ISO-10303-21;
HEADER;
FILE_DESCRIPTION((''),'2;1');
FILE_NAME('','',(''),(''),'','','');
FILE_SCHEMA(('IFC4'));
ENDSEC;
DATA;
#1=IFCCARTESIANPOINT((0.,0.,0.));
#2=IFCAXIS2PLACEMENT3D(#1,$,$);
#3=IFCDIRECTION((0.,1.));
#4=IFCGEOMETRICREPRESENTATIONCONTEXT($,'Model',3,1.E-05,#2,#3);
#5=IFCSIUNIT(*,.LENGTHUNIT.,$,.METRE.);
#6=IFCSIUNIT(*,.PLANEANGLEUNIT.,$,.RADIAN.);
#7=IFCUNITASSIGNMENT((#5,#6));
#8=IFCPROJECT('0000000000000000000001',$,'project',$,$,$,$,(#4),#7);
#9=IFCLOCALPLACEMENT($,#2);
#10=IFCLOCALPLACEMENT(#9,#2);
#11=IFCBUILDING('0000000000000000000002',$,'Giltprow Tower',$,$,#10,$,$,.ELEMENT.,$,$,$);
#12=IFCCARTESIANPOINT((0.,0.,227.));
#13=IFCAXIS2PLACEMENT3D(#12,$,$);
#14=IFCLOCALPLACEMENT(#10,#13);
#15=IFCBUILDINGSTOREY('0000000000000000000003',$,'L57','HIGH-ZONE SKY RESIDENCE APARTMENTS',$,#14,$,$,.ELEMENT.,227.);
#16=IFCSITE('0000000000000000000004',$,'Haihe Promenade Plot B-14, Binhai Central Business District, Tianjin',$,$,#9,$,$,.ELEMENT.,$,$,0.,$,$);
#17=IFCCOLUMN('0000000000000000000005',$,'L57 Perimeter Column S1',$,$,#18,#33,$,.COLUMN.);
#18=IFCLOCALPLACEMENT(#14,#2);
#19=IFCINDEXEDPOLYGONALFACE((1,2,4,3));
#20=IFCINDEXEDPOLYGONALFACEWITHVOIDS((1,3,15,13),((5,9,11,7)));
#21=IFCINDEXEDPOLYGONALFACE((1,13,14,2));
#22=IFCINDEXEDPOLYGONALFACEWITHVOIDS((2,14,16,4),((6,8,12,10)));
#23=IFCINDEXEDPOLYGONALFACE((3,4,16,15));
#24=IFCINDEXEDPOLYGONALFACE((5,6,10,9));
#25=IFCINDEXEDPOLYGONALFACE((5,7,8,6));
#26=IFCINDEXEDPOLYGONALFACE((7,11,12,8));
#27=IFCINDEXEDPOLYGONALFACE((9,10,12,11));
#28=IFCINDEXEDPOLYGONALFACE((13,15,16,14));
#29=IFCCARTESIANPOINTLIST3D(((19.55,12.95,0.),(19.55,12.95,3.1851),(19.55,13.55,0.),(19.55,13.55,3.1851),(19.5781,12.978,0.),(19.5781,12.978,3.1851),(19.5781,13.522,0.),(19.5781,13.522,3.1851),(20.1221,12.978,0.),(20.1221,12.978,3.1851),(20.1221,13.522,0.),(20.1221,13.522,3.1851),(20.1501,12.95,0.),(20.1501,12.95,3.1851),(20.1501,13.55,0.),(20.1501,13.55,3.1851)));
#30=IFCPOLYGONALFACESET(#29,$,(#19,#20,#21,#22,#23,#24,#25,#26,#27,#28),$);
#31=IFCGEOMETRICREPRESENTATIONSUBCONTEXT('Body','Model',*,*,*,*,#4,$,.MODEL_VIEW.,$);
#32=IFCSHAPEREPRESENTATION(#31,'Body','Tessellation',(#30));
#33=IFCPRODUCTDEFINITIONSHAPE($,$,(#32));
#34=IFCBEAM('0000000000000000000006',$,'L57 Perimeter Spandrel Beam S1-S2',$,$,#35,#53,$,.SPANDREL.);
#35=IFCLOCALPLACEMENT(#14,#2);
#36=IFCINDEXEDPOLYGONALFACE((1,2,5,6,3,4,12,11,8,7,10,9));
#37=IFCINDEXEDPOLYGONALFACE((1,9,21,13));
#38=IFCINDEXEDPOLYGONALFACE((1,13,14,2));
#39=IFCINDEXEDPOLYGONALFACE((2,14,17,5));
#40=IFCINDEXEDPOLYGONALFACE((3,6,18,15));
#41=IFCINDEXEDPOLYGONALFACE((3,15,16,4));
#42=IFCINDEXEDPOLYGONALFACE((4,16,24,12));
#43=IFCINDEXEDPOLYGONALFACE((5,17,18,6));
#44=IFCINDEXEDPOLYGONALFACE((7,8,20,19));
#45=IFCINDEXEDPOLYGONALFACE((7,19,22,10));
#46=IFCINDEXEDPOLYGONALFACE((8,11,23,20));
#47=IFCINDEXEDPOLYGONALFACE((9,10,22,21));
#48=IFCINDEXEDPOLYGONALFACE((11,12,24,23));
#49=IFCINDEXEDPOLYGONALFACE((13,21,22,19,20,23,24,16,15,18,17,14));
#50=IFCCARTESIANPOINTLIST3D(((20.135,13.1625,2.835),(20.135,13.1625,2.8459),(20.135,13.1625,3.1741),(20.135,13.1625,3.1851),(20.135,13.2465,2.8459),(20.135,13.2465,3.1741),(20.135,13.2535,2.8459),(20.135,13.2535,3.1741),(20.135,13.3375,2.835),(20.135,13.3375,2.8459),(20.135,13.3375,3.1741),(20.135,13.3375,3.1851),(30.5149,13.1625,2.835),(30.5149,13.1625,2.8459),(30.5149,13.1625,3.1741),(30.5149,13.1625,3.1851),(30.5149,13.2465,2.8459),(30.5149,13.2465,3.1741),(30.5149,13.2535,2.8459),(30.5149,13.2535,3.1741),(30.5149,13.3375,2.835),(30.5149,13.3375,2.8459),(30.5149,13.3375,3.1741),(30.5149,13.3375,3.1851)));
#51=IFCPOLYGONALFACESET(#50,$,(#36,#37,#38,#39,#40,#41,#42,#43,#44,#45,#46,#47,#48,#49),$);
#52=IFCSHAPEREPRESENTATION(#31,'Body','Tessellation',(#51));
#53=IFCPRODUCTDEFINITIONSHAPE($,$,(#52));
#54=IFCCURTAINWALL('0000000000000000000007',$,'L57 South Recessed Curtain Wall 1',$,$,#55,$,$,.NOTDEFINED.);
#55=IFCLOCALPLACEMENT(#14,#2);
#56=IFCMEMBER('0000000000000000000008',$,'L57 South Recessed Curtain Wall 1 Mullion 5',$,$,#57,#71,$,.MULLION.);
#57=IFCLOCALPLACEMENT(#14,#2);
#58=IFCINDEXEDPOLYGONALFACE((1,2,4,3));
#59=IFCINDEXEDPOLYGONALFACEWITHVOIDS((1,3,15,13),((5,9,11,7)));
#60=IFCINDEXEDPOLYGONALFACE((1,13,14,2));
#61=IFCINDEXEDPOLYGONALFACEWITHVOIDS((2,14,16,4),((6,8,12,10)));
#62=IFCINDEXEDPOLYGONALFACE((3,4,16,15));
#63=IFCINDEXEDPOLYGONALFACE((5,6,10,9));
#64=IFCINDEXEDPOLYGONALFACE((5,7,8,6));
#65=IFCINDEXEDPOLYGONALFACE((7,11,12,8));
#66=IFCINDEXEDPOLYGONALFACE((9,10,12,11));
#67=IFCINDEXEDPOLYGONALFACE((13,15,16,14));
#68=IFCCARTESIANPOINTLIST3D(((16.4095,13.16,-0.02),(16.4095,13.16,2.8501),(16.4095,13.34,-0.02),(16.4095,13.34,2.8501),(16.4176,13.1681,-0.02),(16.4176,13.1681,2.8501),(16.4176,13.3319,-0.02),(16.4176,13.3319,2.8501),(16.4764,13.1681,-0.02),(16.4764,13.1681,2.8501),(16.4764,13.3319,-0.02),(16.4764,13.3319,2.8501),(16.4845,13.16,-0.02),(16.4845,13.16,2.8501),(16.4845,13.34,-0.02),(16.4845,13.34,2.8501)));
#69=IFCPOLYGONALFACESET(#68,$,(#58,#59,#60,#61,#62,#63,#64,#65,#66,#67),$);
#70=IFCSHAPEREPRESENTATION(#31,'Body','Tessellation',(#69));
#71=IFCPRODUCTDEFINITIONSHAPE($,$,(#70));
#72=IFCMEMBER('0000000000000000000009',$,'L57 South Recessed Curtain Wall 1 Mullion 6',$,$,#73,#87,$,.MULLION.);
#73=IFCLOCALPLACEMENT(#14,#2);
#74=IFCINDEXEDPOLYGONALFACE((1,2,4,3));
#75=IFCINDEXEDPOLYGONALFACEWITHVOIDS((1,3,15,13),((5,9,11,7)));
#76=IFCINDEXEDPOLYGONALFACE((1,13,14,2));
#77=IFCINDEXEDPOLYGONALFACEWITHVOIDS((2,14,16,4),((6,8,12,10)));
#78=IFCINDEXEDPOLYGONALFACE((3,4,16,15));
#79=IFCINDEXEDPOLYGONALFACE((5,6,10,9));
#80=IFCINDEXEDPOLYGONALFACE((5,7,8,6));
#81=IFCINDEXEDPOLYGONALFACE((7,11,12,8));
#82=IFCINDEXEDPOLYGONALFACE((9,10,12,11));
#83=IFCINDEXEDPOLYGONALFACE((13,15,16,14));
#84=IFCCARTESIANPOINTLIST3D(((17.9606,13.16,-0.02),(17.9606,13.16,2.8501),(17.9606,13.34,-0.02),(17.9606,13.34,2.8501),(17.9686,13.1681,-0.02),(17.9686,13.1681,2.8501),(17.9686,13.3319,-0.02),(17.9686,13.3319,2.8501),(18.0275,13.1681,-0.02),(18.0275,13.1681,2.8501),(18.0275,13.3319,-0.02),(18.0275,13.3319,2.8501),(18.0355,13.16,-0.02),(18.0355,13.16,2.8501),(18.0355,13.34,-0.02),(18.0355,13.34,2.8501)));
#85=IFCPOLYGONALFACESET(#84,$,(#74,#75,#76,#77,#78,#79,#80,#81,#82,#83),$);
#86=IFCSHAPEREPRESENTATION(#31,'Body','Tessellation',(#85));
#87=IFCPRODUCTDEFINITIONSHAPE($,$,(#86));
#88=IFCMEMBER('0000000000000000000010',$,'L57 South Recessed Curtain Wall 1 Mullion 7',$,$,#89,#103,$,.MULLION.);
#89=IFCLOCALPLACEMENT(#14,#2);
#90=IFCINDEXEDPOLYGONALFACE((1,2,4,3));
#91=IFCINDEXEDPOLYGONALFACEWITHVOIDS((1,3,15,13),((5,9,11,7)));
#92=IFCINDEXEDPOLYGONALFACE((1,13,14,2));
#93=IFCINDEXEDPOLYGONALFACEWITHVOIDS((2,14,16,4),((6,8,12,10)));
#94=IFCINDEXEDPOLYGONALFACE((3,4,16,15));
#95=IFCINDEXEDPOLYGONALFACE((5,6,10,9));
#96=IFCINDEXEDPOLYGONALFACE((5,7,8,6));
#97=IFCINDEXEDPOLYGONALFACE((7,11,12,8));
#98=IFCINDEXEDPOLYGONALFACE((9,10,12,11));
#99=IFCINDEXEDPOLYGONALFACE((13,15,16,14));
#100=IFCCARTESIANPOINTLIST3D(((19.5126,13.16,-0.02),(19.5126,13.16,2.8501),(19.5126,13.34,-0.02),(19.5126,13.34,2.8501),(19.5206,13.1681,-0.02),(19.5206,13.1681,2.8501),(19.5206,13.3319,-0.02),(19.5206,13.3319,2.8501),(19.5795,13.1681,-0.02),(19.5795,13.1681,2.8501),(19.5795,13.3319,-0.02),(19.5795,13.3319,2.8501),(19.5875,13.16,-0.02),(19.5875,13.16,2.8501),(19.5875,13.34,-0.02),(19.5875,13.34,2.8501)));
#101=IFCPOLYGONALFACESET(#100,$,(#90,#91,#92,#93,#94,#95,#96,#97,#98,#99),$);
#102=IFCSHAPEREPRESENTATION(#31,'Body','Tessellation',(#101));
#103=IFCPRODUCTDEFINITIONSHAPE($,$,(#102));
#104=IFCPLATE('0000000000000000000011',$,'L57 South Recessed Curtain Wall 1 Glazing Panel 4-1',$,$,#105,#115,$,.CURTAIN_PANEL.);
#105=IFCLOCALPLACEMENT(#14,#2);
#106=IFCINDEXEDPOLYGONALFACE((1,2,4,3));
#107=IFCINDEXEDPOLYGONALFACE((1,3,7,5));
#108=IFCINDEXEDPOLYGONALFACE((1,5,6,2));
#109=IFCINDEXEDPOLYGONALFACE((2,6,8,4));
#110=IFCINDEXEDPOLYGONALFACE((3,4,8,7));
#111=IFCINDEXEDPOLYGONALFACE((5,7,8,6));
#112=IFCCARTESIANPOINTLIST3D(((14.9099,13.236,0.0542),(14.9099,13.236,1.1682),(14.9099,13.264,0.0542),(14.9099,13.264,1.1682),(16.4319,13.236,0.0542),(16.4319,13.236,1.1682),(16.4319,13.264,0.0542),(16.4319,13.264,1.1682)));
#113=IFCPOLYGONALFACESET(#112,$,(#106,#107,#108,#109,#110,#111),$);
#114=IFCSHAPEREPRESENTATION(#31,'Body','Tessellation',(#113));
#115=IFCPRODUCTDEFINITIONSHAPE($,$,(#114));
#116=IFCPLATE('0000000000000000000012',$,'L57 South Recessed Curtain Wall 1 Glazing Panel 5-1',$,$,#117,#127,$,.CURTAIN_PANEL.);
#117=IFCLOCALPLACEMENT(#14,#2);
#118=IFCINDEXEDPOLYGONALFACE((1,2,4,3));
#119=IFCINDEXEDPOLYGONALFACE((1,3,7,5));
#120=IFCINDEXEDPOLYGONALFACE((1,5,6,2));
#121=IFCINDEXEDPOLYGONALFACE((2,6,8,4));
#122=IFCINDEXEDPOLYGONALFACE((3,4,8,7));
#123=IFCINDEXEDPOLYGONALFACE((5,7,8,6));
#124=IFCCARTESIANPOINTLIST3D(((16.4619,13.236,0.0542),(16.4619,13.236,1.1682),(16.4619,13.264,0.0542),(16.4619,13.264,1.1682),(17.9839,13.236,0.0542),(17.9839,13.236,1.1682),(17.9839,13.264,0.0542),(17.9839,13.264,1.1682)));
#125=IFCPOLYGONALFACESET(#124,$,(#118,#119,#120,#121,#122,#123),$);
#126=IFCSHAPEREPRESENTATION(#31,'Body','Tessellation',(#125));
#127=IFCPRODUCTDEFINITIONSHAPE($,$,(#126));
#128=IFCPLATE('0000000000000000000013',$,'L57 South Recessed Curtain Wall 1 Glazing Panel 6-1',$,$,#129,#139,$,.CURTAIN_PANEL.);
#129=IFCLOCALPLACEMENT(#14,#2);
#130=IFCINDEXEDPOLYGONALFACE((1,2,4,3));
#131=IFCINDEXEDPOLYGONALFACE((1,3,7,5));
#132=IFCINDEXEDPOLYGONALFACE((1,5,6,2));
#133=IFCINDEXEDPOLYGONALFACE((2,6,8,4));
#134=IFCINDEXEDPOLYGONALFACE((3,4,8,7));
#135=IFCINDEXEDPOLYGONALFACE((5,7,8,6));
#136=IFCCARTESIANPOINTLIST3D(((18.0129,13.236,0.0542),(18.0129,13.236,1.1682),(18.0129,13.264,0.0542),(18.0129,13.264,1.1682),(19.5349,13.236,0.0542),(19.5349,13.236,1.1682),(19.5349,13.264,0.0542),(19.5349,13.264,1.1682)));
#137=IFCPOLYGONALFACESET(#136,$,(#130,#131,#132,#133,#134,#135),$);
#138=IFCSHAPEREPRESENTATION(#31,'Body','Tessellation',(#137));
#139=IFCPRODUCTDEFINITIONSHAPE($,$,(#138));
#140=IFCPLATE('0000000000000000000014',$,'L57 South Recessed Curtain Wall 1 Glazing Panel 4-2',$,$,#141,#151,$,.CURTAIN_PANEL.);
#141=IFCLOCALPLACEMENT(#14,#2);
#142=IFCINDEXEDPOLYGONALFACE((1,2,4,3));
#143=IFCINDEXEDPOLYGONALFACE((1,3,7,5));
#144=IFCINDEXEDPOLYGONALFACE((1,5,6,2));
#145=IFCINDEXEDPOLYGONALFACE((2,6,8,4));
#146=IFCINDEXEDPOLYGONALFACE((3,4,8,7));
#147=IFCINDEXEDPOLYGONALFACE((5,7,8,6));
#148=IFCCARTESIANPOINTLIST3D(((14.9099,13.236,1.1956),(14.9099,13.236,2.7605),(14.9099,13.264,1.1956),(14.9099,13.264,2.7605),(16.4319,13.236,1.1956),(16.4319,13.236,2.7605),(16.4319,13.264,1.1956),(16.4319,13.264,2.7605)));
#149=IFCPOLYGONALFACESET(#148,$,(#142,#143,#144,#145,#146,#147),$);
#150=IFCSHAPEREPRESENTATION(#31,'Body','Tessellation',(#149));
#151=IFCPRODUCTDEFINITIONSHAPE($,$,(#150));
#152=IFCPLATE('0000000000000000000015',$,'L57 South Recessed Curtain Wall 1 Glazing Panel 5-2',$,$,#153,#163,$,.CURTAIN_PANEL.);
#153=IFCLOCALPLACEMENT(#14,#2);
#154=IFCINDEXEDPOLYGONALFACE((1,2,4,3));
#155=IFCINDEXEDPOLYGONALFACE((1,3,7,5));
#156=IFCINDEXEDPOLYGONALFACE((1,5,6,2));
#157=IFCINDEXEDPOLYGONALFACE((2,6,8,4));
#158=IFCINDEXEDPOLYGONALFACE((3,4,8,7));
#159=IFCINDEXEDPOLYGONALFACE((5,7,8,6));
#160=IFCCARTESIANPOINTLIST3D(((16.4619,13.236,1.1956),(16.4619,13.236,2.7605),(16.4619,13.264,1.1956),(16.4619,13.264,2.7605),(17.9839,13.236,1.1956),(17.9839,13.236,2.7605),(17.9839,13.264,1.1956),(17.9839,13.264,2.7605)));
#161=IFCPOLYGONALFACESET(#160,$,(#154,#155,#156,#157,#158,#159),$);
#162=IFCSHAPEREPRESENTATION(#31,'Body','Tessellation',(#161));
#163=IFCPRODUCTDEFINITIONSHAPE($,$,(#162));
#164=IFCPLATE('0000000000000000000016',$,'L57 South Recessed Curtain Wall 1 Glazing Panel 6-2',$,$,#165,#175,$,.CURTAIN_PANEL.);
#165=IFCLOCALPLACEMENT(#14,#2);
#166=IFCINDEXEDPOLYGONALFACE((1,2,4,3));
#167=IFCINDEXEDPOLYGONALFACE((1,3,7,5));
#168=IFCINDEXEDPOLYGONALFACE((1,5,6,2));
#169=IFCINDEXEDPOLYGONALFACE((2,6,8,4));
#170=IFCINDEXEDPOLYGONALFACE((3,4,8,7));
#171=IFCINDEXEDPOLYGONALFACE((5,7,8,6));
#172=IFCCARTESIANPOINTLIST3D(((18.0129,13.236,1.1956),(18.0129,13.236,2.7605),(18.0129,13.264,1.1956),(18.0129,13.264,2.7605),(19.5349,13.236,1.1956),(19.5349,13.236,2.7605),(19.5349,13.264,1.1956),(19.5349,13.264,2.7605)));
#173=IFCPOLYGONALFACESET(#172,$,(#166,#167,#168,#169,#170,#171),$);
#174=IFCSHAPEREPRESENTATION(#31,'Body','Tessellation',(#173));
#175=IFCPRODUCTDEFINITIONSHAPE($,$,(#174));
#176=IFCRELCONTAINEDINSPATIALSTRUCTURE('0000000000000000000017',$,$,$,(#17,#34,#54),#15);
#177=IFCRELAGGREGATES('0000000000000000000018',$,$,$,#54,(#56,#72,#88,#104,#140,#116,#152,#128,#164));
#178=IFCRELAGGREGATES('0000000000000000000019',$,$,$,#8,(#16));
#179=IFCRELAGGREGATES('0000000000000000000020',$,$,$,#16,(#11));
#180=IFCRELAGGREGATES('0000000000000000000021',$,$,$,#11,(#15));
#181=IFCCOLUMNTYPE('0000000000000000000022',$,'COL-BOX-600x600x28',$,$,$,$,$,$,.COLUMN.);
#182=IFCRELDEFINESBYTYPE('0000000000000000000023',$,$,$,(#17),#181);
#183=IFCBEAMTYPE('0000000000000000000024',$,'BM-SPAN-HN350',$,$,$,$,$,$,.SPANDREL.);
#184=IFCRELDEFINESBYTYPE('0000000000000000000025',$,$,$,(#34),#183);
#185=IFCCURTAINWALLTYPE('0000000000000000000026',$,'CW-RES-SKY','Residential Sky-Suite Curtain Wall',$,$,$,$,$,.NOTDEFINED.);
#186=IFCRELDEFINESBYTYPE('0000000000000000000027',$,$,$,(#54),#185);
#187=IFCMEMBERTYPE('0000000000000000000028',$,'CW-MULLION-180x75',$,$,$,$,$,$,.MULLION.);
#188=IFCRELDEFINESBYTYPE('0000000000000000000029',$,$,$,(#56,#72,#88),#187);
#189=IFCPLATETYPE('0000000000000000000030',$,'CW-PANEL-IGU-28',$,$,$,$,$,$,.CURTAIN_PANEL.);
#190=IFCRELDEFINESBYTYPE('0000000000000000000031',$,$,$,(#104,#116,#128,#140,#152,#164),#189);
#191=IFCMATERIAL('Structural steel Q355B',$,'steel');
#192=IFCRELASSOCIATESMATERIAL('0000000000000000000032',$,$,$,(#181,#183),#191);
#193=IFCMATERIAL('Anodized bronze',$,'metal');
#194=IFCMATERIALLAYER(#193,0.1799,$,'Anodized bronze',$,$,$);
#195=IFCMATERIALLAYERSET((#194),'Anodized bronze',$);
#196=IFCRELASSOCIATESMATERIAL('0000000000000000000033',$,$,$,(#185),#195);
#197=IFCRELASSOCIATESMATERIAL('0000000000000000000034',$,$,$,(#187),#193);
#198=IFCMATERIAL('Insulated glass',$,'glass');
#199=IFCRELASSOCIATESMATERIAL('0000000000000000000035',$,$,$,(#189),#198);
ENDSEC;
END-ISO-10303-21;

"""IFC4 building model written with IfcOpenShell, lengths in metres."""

from ifc_helpers import new_model, si_unit, direction, frame, origin, origin_2d, place, context, subcontext, project, spatial, rectangle, hollow_rectangle, i_section, extrude, source, transform, mapped, material, layer, layer_set, material_profile, profile_set, type_object, element, aggregate, save


model = new_model("IFC4")

# Units and contexts
model_context = context("Model", 3, precision=1e-05, world=origin(), true_north=direction((0.0, 1.0)))
body_context = subcontext(model_context, "Body", "Model", "MODEL_VIEW")
ifc_project = project(units=[si_unit("LENGTHUNIT", "METRE"), si_unit("PLANEANGLEUNIT", "RADIAN")], contexts=[model_context])

# Site, building, storey
site_placement = place(None, origin())
site = spatial("IfcSite", under=ifc_project, at=site_placement, Name="Haihe Promenade Plot B-14, Binhai Central Business District, Tianjin", CompositionType="ELEMENT", RefElevation=0.0)
building_placement = place(site_placement, origin())
building = spatial("IfcBuilding", under=site, at=building_placement, Name="Giltprow Tower", CompositionType="ELEMENT")
storey_placement = place(building_placement, frame((0.0, 0.0, 227.0)))
storey = spatial("IfcBuildingStorey", under=building, at=storey_placement, Name="L57", Description="HIGH-ZONE SKY RESIDENCE APARTMENTS", CompositionType="ELEMENT", Elevation=227.0)

# Column
ifc_material_1 = material(Name="Structural steel Q355B", Category="steel")
ifc_material_profile_1 = material_profile(ifc_material_1, hollow_rectangle(XDim=0.6001, YDim=0.6001, WallThickness=0.0281, at=origin_2d()), Name="BOX 600x600x28")
ifc_profile_set_1 = profile_set([ifc_material_profile_1], Name="Structural steel Q355B")
column_type = type_object("IfcColumnType", Name="COL-BOX-600x600x28", PredefinedType="COLUMN", material=ifc_profile_set_1)
shared_shape_1 = source(origin(), body_context, "Body", "SweptSolid", [
    extrude(hollow_rectangle(XDim=0.6001, YDim=0.6001, WallThickness=0.0281, at=origin_2d()), origin(), (0.0, 0.0, 1.0), 3.1851),
])
column_placement = place(storey_placement, frame((19.8501, 13.25, 0.0), z_axis=(0.0, 0.0, 1.0), x_axis=(1.0, 0.0, 0.0)))
element("IfcColumn", 1, at=column_placement, inside=storey, type_object=column_type, Name="L57 Perimeter Column S1", PredefinedType="COLUMN", context=body_context, shape_type="MappedRepresentation", body=[
    mapped(shared_shape_1, transform((0.0, 0.0, 0.0), x_axis=(1.0, 0.0, 0.0), y_axis=(0.0, 1.0, 0.0), z_axis=(0.0, 0.0, 1.0), scale=1.0)),
])

# Beam
ifc_material_profile_2 = material_profile(ifc_material_1, i_section(OverallWidth=0.175, OverallDepth=0.3501, WebThickness=0.0071, FlangeThickness=0.011, at=origin_2d()), Name="HN 350x175x7x11")
ifc_profile_set_2 = profile_set([ifc_material_profile_2], Name="Structural steel Q355B")
beam_type = type_object("IfcBeamType", Name="BM-SPAN-HN350", PredefinedType="SPANDREL", material=ifc_profile_set_2)
shared_shape_2 = source(origin(), body_context, "Body", "SweptSolid", [
    extrude(i_section(OverallWidth=0.175, OverallDepth=0.3501, WebThickness=0.0071, FlangeThickness=0.011, at=origin_2d()), origin(), (0.0, 0.0, 1.0), 10.3799),
])
beam_placement = place(storey_placement, frame((20.135, 13.25, 3.01), z_axis=(1.0, 0.0, 0.0), x_axis=(0.0, 1.0, 0.0)))
element("IfcBeam", 2, at=beam_placement, inside=storey, type_object=beam_type, Name="L57 Perimeter Spandrel Beam S1-S2", PredefinedType="SPANDREL", context=body_context, shape_type="MappedRepresentation", body=[
    mapped(shared_shape_2, transform((0.0, 0.0, 0.0), x_axis=(1.0, 0.0, 0.0), y_axis=(0.0, 1.0, 0.0), z_axis=(0.0, 0.0, 1.0), scale=1.0)),
])

# Curtain wall, members, plates
ifc_material_2 = material(Name="Anodized bronze", Category="metal")
ifc_layer_1 = layer(ifc_material_2, 0.1799, Name="Anodized bronze")
ifc_layer_set_1 = layer_set([ifc_layer_1], Name="Anodized bronze")
curtain_wall_type = type_object("IfcCurtainWallType", Name="CW-RES-SKY", Description="Residential Sky-Suite Curtain Wall", PredefinedType="NOTDEFINED", material=ifc_layer_set_1)
curtain_wall_placement = place(storey_placement, origin())
curtain_wall = element("IfcCurtainWall", 3, at=curtain_wall_placement, inside=storey, type_object=curtain_wall_type, Name="L57 South Recessed Curtain Wall 1", PredefinedType="NOTDEFINED")
ifc_material_profile_3 = material_profile(ifc_material_2, hollow_rectangle(XDim=0.075, YDim=0.1799, WallThickness=0.0081, at=origin_2d()), Name="RHS 180x75x8")
ifc_profile_set_3 = profile_set([ifc_material_profile_3], Name="Anodized bronze")
member_type = type_object("IfcMemberType", Name="CW-MULLION-180x75", PredefinedType="MULLION", material=ifc_profile_set_3)
shared_shape_3 = source(origin(), body_context, "Body", "SweptSolid", [
    extrude(hollow_rectangle(XDim=0.075, YDim=0.1799, WallThickness=0.0081, at=origin_2d()), origin(), (0.0, 0.0, 1.0), 2.8701),
])
member_1_placement = place(storey_placement, frame((16.447, 13.25, -0.02), z_axis=(0.0, 0.0, 1.0), x_axis=(1.0, 0.0, 0.0)))
member_1 = element("IfcMember", 4, at=member_1_placement, type_object=member_type, Name="L57 South Recessed Curtain Wall 1 Mullion 5", PredefinedType="MULLION", context=body_context, shape_type="MappedRepresentation", body=[
    mapped(shared_shape_3, transform((0.0, 0.0, 0.0), x_axis=(1.0, 0.0, 0.0), y_axis=(0.0, 1.0, 0.0), z_axis=(0.0, 0.0, 1.0), scale=1.0)),
])
member_2_placement = place(storey_placement, frame((17.998, 13.25, -0.02), z_axis=(0.0, 0.0, 1.0), x_axis=(1.0, 0.0, 0.0)))
member_2 = element("IfcMember", 5, at=member_2_placement, type_object=member_type, Name="L57 South Recessed Curtain Wall 1 Mullion 6", PredefinedType="MULLION", context=body_context, shape_type="MappedRepresentation", body=[
    mapped(shared_shape_3, transform((0.0, 0.0, 0.0), x_axis=(1.0, 0.0, 0.0), y_axis=(0.0, 1.0, 0.0), z_axis=(0.0, 0.0, 1.0), scale=1.0)),
])
member_3_placement = place(storey_placement, frame((19.55, 13.25, -0.02), z_axis=(0.0, 0.0, 1.0), x_axis=(1.0, 0.0, 0.0)))
member_3 = element("IfcMember", 6, at=member_3_placement, type_object=member_type, Name="L57 South Recessed Curtain Wall 1 Mullion 7", PredefinedType="MULLION", context=body_context, shape_type="MappedRepresentation", body=[
    mapped(shared_shape_3, transform((0.0, 0.0, 0.0), x_axis=(1.0, 0.0, 0.0), y_axis=(0.0, 1.0, 0.0), z_axis=(0.0, 0.0, 1.0), scale=1.0)),
])
ifc_material_3 = material(Name="Insulated glass", Category="glass")
plate_type = type_object("IfcPlateType", Name="CW-PANEL-IGU-28", PredefinedType="CURTAIN_PANEL", material=ifc_material_3)
shared_shape_4 = source(origin(), body_context, "Body", "SweptSolid", [
    extrude(rectangle(XDim=1.522, YDim=0.0281, at=origin_2d()), origin(), (0.0, 0.0, 1.0), 1.114),
])
plate_1_placement = place(storey_placement, frame((15.6709, 13.25, 0.0542), z_axis=(0.0, 0.0, 1.0), x_axis=(1.0, 0.0, 0.0)))
plate_1 = element("IfcPlate", 7, at=plate_1_placement, type_object=plate_type, Name="L57 South Recessed Curtain Wall 1 Glazing Panel 4-1", PredefinedType="CURTAIN_PANEL", context=body_context, shape_type="MappedRepresentation", body=[
    mapped(shared_shape_4, transform((0.0, 0.0, 0.0), x_axis=(1.0, 0.0, 0.0), y_axis=(0.0, 1.0, 0.0), z_axis=(0.0, 0.0, 1.0), scale=1.0)),
])
plate_2_placement = place(storey_placement, frame((17.2229, 13.25, 0.0542), z_axis=(0.0, 0.0, 1.0), x_axis=(1.0, 0.0, 0.0)))
plate_2 = element("IfcPlate", 8, at=plate_2_placement, type_object=plate_type, Name="L57 South Recessed Curtain Wall 1 Glazing Panel 5-1", PredefinedType="CURTAIN_PANEL", context=body_context, shape_type="MappedRepresentation", body=[
    mapped(shared_shape_4, transform((0.0, 0.0, 0.0), x_axis=(1.0, 0.0, 0.0), y_axis=(0.0, 1.0, 0.0), z_axis=(0.0, 0.0, 1.0), scale=1.0)),
])
plate_3_placement = place(storey_placement, frame((18.7739, 13.25, 0.0542), z_axis=(0.0, 0.0, 1.0), x_axis=(1.0, 0.0, 0.0)))
plate_3 = element("IfcPlate", 9, at=plate_3_placement, type_object=plate_type, Name="L57 South Recessed Curtain Wall 1 Glazing Panel 6-1", PredefinedType="CURTAIN_PANEL", context=body_context, shape_type="MappedRepresentation", body=[
    mapped(shared_shape_4, transform((0.0, 0.0, 0.0), x_axis=(1.0, 0.0, 0.0), y_axis=(0.0, 1.0, 0.0), z_axis=(0.0, 0.0, 1.0), scale=1.0)),
])
shared_shape_5 = source(origin(), body_context, "Body", "SweptSolid", [
    extrude(rectangle(XDim=1.522, YDim=0.0281, at=origin_2d()), origin(), (0.0, 0.0, 1.0), 1.5649),
])
plate_4_placement = place(storey_placement, frame((15.6709, 13.25, 1.1956), z_axis=(0.0, 0.0, 1.0), x_axis=(1.0, 0.0, 0.0)))
plate_4 = element("IfcPlate", 10, at=plate_4_placement, type_object=plate_type, Name="L57 South Recessed Curtain Wall 1 Glazing Panel 4-2", PredefinedType="CURTAIN_PANEL", context=body_context, shape_type="MappedRepresentation", body=[
    mapped(shared_shape_5, transform((0.0, 0.0, 0.0), x_axis=(1.0, 0.0, 0.0), y_axis=(0.0, 1.0, 0.0), z_axis=(0.0, 0.0, 1.0), scale=1.0)),
])
plate_5_placement = place(storey_placement, frame((17.2229, 13.25, 1.1956), z_axis=(0.0, 0.0, 1.0), x_axis=(1.0, 0.0, 0.0)))
plate_5 = element("IfcPlate", 11, at=plate_5_placement, type_object=plate_type, Name="L57 South Recessed Curtain Wall 1 Glazing Panel 5-2", PredefinedType="CURTAIN_PANEL", context=body_context, shape_type="MappedRepresentation", body=[
    mapped(shared_shape_5, transform((0.0, 0.0, 0.0), x_axis=(1.0, 0.0, 0.0), y_axis=(0.0, 1.0, 0.0), z_axis=(0.0, 0.0, 1.0), scale=1.0)),
])
plate_6_placement = place(storey_placement, frame((18.7739, 13.25, 1.1956), z_axis=(0.0, 0.0, 1.0), x_axis=(1.0, 0.0, 0.0)))
plate_6 = element("IfcPlate", 12, at=plate_6_placement, type_object=plate_type, Name="L57 South Recessed Curtain Wall 1 Glazing Panel 6-2", PredefinedType="CURTAIN_PANEL", context=body_context, shape_type="MappedRepresentation", body=[
    mapped(shared_shape_5, transform((0.0, 0.0, 0.0), x_axis=(1.0, 0.0, 0.0), y_axis=(0.0, 1.0, 0.0), z_axis=(0.0, 0.0, 1.0), scale=1.0)),
])
aggregate(curtain_wall, [member_1, member_2, member_3, plate_1, plate_4, plate_2, plate_5, plate_3, plate_6])

save(model, "model.ifc")
